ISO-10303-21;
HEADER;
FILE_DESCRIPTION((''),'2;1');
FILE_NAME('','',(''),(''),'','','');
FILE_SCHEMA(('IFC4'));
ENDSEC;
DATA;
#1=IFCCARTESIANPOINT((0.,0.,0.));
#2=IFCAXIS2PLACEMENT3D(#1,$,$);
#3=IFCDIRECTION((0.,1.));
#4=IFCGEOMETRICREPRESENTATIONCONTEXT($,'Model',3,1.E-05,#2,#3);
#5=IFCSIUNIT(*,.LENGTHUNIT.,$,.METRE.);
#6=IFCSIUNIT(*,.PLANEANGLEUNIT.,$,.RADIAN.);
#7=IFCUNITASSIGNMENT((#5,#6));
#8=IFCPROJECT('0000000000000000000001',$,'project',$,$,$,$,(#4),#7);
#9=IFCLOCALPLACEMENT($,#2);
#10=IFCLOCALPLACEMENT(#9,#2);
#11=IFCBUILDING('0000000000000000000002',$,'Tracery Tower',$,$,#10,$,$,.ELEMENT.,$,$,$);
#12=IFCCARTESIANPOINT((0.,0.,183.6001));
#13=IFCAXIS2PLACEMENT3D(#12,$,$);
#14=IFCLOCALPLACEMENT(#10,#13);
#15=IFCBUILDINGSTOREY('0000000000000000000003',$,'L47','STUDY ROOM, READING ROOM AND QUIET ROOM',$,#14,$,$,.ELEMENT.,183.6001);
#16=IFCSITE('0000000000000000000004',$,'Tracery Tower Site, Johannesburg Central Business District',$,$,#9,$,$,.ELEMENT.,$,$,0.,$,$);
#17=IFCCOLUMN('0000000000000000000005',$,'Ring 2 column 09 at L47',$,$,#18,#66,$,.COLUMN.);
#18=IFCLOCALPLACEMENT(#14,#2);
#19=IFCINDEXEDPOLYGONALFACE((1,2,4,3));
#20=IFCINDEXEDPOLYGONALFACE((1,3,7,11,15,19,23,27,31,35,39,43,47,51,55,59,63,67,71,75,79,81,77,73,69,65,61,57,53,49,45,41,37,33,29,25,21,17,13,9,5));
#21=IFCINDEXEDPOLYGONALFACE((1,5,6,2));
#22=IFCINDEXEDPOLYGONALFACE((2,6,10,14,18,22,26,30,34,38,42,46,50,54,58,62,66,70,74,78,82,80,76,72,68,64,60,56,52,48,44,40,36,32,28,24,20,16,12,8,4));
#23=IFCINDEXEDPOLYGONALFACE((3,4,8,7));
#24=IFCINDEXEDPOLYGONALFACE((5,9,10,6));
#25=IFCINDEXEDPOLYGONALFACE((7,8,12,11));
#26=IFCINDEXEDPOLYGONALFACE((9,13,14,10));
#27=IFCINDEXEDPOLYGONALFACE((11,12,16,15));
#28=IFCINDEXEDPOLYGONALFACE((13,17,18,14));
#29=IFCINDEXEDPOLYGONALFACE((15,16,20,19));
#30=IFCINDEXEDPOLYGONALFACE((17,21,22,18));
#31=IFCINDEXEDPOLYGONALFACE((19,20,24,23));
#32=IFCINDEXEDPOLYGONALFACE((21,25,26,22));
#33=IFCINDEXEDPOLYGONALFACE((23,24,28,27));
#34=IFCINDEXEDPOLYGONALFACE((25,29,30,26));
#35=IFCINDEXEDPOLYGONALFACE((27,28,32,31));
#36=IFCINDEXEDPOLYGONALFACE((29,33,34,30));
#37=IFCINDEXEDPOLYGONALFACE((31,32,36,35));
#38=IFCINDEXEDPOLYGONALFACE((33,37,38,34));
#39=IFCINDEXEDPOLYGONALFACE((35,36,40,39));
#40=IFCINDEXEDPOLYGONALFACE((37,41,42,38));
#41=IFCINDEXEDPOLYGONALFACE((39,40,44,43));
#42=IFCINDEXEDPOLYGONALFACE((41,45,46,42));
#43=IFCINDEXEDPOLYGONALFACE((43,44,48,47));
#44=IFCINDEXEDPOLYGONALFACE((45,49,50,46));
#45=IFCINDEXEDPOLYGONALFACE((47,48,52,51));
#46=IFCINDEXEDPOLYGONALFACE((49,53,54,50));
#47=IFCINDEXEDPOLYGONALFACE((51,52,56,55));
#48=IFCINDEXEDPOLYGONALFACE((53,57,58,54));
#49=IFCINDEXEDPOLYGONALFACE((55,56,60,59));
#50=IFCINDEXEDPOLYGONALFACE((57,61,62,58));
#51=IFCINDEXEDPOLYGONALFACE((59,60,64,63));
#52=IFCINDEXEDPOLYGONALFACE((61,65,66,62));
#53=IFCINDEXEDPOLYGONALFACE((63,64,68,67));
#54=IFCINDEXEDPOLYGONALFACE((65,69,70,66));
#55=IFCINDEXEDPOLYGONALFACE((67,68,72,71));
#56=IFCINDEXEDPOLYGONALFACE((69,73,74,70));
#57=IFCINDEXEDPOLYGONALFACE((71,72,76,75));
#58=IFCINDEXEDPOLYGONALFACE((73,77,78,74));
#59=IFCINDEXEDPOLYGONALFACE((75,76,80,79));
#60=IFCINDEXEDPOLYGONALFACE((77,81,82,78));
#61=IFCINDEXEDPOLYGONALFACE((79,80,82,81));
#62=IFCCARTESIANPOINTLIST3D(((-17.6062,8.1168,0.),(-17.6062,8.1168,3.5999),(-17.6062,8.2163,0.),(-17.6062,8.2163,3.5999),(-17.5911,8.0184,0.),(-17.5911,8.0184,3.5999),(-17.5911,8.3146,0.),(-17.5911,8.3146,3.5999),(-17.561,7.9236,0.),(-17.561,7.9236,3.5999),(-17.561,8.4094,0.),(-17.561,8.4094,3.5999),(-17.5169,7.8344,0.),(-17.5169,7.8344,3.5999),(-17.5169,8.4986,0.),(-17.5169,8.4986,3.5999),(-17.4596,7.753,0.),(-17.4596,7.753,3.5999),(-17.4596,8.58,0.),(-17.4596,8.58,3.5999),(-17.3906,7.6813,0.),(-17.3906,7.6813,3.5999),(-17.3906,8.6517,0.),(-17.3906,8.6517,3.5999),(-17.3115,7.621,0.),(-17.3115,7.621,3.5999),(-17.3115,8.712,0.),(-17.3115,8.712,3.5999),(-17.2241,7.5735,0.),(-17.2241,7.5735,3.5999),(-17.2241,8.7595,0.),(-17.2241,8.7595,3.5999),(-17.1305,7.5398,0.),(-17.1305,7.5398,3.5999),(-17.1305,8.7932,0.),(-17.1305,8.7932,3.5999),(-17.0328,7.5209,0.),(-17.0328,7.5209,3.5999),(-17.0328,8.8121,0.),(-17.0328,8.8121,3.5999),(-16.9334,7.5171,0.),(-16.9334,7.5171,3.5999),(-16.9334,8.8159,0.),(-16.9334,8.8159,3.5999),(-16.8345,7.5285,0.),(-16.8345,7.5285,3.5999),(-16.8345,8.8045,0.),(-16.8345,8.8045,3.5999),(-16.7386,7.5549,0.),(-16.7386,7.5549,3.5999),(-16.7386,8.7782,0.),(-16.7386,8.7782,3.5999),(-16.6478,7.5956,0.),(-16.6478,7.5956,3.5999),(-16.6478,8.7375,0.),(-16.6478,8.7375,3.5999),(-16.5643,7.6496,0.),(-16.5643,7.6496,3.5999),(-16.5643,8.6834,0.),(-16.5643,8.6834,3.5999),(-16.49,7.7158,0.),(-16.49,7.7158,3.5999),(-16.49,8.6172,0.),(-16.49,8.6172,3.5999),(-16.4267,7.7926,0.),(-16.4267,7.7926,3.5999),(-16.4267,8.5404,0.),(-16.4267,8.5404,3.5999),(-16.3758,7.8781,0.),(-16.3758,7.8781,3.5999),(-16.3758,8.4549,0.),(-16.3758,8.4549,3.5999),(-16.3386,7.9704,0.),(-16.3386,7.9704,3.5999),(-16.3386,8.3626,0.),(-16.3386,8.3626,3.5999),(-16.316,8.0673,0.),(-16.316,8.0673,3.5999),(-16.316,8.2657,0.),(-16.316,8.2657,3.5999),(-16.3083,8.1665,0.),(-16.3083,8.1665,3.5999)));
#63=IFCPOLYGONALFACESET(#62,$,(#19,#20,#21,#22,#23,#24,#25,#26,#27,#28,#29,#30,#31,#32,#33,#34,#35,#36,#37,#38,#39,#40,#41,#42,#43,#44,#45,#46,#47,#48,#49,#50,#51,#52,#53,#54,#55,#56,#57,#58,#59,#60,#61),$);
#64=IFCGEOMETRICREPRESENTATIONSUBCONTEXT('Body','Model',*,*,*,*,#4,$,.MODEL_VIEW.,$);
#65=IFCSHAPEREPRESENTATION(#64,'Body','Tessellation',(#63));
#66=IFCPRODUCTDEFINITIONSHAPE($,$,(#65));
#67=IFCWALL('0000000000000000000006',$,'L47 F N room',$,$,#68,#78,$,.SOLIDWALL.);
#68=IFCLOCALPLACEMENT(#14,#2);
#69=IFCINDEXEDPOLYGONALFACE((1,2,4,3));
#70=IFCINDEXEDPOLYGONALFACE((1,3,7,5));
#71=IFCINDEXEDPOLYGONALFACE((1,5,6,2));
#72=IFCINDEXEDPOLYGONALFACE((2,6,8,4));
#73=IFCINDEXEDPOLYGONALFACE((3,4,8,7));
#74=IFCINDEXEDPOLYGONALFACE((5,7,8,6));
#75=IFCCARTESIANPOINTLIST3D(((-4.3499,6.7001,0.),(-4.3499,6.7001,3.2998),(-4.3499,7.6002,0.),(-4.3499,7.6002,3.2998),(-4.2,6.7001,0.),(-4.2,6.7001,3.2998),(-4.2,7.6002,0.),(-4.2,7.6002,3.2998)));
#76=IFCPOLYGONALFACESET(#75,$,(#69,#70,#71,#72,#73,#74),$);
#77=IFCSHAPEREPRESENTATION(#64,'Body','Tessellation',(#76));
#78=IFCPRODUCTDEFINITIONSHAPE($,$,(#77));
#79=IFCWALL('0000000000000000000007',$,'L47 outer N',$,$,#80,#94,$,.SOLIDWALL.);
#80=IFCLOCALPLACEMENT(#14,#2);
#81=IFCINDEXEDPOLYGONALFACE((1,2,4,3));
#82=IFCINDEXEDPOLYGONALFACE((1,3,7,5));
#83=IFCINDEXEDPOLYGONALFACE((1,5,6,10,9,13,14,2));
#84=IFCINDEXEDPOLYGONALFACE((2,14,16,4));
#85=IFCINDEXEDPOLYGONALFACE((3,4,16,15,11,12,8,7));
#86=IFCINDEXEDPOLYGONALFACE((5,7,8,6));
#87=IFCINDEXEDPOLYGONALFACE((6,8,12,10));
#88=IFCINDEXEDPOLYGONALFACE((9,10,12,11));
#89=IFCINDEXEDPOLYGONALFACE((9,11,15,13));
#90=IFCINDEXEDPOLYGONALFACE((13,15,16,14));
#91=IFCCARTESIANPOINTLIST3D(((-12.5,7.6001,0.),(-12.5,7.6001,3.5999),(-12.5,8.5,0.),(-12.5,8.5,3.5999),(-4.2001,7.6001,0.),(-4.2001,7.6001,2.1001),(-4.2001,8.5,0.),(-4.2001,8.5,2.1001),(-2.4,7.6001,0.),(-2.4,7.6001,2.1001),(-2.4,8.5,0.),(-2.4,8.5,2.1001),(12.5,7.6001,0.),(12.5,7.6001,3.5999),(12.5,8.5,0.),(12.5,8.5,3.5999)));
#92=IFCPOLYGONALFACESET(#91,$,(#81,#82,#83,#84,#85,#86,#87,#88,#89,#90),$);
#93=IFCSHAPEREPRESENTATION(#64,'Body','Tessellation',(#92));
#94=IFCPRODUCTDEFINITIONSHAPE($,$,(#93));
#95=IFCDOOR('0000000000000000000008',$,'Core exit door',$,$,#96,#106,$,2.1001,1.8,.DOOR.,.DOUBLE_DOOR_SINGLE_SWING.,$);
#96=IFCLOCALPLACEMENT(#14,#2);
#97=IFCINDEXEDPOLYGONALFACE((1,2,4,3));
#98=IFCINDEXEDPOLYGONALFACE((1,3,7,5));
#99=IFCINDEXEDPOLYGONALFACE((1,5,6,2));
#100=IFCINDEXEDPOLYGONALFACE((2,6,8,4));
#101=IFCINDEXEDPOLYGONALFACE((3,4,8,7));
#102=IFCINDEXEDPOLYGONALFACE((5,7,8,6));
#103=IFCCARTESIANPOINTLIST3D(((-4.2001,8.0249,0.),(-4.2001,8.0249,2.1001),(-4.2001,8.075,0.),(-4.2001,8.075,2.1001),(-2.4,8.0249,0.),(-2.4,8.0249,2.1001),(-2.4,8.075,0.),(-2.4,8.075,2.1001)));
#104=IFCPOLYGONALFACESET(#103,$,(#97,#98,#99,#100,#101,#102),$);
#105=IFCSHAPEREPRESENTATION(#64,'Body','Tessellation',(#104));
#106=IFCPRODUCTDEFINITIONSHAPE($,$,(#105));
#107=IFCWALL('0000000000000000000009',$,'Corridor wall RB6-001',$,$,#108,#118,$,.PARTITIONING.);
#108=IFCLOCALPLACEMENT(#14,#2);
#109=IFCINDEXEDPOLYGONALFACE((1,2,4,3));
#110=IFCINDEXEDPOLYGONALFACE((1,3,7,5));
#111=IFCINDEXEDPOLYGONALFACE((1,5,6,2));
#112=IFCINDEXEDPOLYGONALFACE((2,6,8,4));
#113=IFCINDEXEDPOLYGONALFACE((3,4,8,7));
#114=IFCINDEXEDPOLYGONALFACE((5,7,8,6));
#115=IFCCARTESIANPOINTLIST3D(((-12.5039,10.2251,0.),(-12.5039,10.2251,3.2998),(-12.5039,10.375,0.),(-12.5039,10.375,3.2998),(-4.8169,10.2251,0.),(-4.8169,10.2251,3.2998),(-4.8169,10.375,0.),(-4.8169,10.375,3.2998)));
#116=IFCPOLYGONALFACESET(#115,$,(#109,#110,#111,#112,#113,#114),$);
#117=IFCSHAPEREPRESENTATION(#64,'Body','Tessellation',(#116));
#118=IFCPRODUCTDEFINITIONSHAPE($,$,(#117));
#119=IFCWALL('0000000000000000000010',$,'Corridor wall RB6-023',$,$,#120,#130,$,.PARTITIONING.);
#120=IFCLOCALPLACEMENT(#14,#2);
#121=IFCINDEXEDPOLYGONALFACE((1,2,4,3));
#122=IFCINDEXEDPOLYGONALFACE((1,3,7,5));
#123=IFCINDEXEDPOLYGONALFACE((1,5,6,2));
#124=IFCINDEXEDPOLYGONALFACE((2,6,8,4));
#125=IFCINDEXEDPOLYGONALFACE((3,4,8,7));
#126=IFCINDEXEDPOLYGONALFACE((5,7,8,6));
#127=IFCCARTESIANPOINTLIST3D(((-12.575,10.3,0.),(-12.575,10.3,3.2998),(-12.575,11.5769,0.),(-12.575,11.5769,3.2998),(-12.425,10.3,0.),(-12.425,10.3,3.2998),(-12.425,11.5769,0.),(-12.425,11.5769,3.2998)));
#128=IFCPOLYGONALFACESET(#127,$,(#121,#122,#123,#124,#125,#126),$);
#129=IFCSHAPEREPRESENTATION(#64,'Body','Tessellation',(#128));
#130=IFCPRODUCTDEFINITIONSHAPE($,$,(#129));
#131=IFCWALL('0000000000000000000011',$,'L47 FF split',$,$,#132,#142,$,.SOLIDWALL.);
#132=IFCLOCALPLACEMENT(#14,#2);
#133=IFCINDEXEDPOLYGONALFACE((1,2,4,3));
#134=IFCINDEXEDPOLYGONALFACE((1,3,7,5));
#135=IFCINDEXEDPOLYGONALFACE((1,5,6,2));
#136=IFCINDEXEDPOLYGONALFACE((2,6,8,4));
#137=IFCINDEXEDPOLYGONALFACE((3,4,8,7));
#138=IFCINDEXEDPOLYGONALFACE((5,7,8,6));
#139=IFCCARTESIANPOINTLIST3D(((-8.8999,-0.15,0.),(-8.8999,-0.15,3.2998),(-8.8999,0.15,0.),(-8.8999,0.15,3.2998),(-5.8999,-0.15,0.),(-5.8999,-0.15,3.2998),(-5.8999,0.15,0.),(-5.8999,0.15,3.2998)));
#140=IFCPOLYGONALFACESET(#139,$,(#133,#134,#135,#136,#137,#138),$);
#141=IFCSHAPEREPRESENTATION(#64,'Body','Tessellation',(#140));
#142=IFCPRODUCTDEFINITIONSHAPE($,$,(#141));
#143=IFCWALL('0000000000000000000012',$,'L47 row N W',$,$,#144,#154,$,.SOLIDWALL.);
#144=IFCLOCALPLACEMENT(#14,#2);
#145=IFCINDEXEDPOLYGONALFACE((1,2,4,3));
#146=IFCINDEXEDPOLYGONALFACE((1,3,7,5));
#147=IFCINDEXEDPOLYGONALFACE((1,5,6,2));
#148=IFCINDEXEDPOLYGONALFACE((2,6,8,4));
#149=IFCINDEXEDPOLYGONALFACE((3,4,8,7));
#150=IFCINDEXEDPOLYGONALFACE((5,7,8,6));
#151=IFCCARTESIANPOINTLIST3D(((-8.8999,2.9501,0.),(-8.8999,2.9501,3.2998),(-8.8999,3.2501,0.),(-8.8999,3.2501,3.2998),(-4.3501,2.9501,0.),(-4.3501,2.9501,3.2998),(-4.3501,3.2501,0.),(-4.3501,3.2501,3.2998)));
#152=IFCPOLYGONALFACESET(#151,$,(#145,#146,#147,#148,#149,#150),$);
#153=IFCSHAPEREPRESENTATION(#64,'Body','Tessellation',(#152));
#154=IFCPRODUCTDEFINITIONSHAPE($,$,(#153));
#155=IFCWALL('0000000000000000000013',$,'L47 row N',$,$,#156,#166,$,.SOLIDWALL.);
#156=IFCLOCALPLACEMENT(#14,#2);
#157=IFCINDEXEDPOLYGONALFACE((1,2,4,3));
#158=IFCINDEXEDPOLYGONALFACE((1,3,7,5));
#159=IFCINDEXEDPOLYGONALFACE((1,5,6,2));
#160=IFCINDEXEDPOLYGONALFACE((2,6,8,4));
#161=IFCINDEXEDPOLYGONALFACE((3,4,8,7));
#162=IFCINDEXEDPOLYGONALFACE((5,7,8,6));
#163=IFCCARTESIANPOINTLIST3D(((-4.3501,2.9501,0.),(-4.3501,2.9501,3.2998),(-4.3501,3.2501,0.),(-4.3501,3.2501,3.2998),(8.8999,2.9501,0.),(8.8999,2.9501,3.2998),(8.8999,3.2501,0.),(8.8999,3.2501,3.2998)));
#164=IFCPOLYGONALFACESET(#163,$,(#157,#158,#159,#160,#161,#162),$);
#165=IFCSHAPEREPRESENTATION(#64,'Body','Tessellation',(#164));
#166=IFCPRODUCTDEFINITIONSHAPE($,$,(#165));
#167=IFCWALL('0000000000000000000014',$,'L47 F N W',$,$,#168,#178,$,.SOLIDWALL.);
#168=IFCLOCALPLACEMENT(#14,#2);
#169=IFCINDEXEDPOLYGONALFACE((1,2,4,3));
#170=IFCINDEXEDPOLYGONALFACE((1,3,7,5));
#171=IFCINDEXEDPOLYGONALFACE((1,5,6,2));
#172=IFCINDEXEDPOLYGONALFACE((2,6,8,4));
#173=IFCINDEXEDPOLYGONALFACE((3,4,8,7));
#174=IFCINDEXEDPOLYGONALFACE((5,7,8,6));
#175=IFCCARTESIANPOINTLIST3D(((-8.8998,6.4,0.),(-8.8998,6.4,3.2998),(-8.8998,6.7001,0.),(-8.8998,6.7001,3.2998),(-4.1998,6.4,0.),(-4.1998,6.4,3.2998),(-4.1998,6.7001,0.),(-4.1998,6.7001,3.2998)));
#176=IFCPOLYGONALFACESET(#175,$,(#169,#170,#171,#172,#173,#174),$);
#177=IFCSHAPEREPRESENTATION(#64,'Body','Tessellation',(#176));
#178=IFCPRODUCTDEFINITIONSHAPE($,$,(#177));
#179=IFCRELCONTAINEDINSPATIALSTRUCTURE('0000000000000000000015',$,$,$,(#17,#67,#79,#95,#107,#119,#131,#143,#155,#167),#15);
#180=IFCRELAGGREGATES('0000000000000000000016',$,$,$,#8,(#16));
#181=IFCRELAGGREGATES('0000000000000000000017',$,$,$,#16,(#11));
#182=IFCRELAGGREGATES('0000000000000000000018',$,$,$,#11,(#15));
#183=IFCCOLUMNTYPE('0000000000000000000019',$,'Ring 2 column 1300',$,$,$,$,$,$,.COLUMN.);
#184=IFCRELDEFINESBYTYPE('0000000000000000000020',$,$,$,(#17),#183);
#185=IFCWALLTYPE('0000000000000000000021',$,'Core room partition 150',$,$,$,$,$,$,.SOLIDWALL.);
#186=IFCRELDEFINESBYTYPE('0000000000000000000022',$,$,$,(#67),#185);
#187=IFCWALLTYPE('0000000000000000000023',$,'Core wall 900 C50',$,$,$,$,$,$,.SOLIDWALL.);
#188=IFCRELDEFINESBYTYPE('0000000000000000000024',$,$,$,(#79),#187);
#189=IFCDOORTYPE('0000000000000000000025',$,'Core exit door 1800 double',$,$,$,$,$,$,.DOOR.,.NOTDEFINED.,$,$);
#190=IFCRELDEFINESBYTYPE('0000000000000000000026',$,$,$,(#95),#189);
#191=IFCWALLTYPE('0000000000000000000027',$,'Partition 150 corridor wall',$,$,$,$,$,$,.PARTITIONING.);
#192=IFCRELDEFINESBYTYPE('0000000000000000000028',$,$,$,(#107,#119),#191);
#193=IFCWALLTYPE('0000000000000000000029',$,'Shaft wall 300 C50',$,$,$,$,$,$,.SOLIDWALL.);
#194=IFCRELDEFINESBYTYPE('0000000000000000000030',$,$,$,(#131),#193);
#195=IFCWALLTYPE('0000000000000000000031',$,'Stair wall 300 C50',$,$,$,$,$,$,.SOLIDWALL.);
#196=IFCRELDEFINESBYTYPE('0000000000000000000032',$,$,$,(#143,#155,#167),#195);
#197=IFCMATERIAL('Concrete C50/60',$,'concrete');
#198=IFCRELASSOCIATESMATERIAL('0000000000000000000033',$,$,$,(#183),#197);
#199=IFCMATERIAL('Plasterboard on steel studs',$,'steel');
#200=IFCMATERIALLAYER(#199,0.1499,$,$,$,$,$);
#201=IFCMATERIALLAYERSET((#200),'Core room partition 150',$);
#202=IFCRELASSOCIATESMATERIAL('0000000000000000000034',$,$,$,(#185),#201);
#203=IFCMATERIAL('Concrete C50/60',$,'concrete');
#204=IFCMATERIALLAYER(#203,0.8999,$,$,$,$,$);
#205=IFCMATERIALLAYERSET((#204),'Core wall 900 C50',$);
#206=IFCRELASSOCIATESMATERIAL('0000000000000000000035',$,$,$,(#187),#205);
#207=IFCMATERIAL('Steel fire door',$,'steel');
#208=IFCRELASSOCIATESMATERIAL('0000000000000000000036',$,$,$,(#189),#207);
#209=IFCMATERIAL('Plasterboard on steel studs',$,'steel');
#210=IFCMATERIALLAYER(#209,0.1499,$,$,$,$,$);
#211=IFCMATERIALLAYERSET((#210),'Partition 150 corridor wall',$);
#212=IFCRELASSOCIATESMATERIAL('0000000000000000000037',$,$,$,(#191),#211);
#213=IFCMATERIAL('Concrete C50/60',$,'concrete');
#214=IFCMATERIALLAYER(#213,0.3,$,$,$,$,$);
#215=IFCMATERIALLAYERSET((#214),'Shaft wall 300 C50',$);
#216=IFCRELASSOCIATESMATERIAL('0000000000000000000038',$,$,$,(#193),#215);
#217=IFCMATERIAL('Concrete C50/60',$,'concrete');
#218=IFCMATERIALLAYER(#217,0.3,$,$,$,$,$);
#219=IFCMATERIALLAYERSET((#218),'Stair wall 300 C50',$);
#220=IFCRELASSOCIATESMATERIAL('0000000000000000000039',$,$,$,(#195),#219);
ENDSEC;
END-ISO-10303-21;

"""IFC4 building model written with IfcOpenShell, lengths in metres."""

from ifc_helpers import new_model, si_unit, direction, frame, frame_2d, origin, origin_2d, place, context, subcontext, project, spatial, rectangle, circle, extrude, material, layer, layer_set, material_profile, profile_set, type_object, element, fill, save


model = new_model("IFC4")

# Units and contexts
model_context = context("Model", 3, precision=1e-05, world=origin(), true_north=direction((0.0, 1.0)))
body_context = subcontext(model_context, "Body", "Model", "MODEL_VIEW")
ifc_project = project(units=[si_unit("LENGTHUNIT", "METRE"), si_unit("PLANEANGLEUNIT", "RADIAN")], contexts=[model_context])

# Site, building, storey
site_placement = place(None, origin())
site = spatial("IfcSite", under=ifc_project, at=site_placement, Name="Tracery Tower Site, Johannesburg Central Business District", CompositionType="ELEMENT", RefElevation=0.0)
building_placement = place(site_placement, origin())
building = spatial("IfcBuilding", under=site, at=building_placement, Name="Tracery Tower", CompositionType="ELEMENT")
storey_placement = place(building_placement, frame((0.0, 0.0, 183.6001)))
storey = spatial("IfcBuildingStorey", under=building, at=storey_placement, Name="L47", Description="STUDY ROOM, READING ROOM AND QUIET ROOM", CompositionType="ELEMENT", Elevation=183.6001)

# Column
ifc_material_1 = material(Name="Concrete C50/60", Category="concrete")
ifc_material_profile = material_profile(ifc_material_1, circle(Radius=0.6499, at=origin_2d()), Name="RC D1300")
ifc_profile_set = profile_set([ifc_material_profile], Name="Concrete C50/60")
column_type = type_object("IfcColumnType", Name="Ring 2 column 1300", PredefinedType="COLUMN", material=ifc_profile_set)
column_placement = place(storey_placement, frame((-16.9583, 8.1665, 0.0), z_axis=(0.0, 0.0, 1.0), x_axis=(1.0, 0.0, 0.0)))
element("IfcColumn", 1, at=column_placement, inside=storey, type_object=column_type, Name="Ring 2 column 09 at L47", PredefinedType="COLUMN", context=body_context, shape_type="SweptSolid", body=[
    extrude(circle(Radius=0.6499, at=origin_2d()), origin(), (0.0, 0.0, 1.0), 3.5999),
])

# Wall
ifc_material_2 = material(Name="Plasterboard on steel studs", Category="steel")
ifc_layer_1 = layer(ifc_material_2, 0.1499)
ifc_layer_set_1 = layer_set([ifc_layer_1], Name="Core room partition 150")
wall_type_1 = type_object("IfcWallType", Name="Core room partition 150", PredefinedType="SOLIDWALL", material=ifc_layer_set_1)
wall_1_placement = place(storey_placement, frame((-4.2749, 6.7, 0.0), z_axis=(0.0, 0.0, 1.0), x_axis=(0.0, 1.0, 0.0)))
element("IfcWall", 2, at=wall_1_placement, inside=storey, type_object=wall_type_1, Name="L47 F N room", PredefinedType="SOLIDWALL", context=body_context, shape_type="SweptSolid", body=[
    extrude(rectangle(XDim=0.9001, YDim=0.1499, at=frame_2d((0.4502, 0.0))), origin(), (0.0, 0.0, 1.0), 3.2998),
])

# Wall, opening, door
ifc_material_3 = material(Name="Concrete C50/60", Category="concrete")
ifc_layer_2 = layer(ifc_material_3, 0.8999)
ifc_layer_set_2 = layer_set([ifc_layer_2], Name="Core wall 900 C50")
wall_type_2 = type_object("IfcWallType", Name="Core wall 900 C50", PredefinedType="SOLIDWALL", material=ifc_layer_set_2)
wall_2_placement = place(storey_placement, frame((-12.5, 8.05, 0.0), z_axis=(0.0, 0.0, 1.0), x_axis=(1.0, 0.0, 0.0)))
wall_2 = element("IfcWall", 3, at=wall_2_placement, inside=storey, type_object=wall_type_2, Name="L47 outer N", PredefinedType="SOLIDWALL", context=body_context, shape_type="SweptSolid", body=[
    extrude(rectangle(XDim=25.0, YDim=0.8999, at=frame_2d((12.5, 0.0))), origin(), (0.0, 0.0, 1.0), 3.5999),
])
opening_1_placement = place(wall_2_placement, frame((8.3, 0.0, 0.0)))
opening_1 = element("IfcOpeningElement", 4, at=opening_1_placement, cuts=wall_2, PredefinedType="OPENING", context=body_context, shape_type="SweptSolid", body=[
    extrude(rectangle(XDim=1.8, YDim=2.1001, at=frame_2d((0.8999, 1.05))), frame((0.0, 0.45, 0.0), z_axis=(0.0, -1.0, 0.0), x_axis=(1.0, 0.0, 0.0)), (0.0, 0.0, 1.0), 0.8999),
])
ifc_material_4 = material(Name="Steel fire door", Category="steel")
door_type_1 = type_object("IfcDoorType", Name="Core exit door 1800 double", OperationType="NOTDEFINED", PredefinedType="DOOR", material=ifc_material_4)
door_1_placement = place(opening_1_placement, origin())
door_1 = element("IfcDoor", 5, at=door_1_placement, inside=storey, type_object=door_type_1, Name="Core exit door", OperationType="DOUBLE_DOOR_SINGLE_SWING", OverallHeight=2.1001, OverallWidth=1.8, PredefinedType="DOOR", context=body_context, shape_type="SweptSolid", body=[
    extrude(rectangle(XDim=1.8, YDim=2.1001, at=frame_2d((0.8999, 1.05))), frame((0.0, 0.0249, 0.0), z_axis=(0.0, -1.0, 0.0), x_axis=(1.0, 0.0, 0.0)), (0.0, 0.0, 1.0), 0.05),
])
fill(opening_1, door_1)

# Walls
ifc_material_5 = material(Name="Plasterboard on steel studs", Category="steel")
ifc_layer_3 = layer(ifc_material_5, 0.1499)
ifc_layer_set_3 = layer_set([ifc_layer_3], Name="Partition 150 corridor wall")
wall_type_3 = type_object("IfcWallType", Name="Partition 150 corridor wall", PredefinedType="PARTITIONING", material=ifc_layer_set_3)
wall_3_placement = place(storey_placement, frame((-12.5039, 10.3, 0.0), z_axis=(0.0, 0.0, 1.0), x_axis=(1.0, 0.0, 0.0)))
element("IfcWall", 6, at=wall_3_placement, inside=storey, type_object=wall_type_3, Name="Corridor wall RB6-001", PredefinedType="PARTITIONING", context=body_context, shape_type="SweptSolid", body=[
    extrude(rectangle(XDim=7.687, YDim=0.1499, at=frame_2d((3.8435, 0.0))), origin(), (0.0, 0.0, 1.0), 3.2998),
])
wall_4_placement = place(storey_placement, frame((-12.5, 10.3, 0.0), z_axis=(0.0, 0.0, 1.0), x_axis=(0.0, 1.0, 0.0)))
element("IfcWall", 7, at=wall_4_placement, inside=storey, type_object=wall_type_3, Name="Corridor wall RB6-023", PredefinedType="PARTITIONING", context=body_context, shape_type="SweptSolid", body=[
    extrude(rectangle(XDim=1.2769, YDim=0.1499, at=frame_2d((0.6384, 0.0))), origin(), (0.0, 0.0, 1.0), 3.2998),
])
ifc_material_6 = material(Name="Concrete C50/60", Category="concrete")
ifc_layer_4 = layer(ifc_material_6, 0.3)
ifc_layer_set_4 = layer_set([ifc_layer_4], Name="Shaft wall 300 C50")
wall_type_4 = type_object("IfcWallType", Name="Shaft wall 300 C50", PredefinedType="SOLIDWALL", material=ifc_layer_set_4)
wall_5_placement = place(storey_placement, frame((-8.8999, 0.0, 0.0), z_axis=(0.0, 0.0, 1.0), x_axis=(1.0, 0.0, 0.0)))
element("IfcWall", 8, at=wall_5_placement, inside=storey, type_object=wall_type_4, Name="L47 FF split", PredefinedType="SOLIDWALL", context=body_context, shape_type="SweptSolid", body=[
    extrude(rectangle(XDim=3.0, YDim=0.3, at=frame_2d((1.5, 0.0))), origin(), (0.0, 0.0, 1.0), 3.2998),
])

# Walls
ifc_material_7 = material(Name="Concrete C50/60", Category="concrete")
ifc_layer_5 = layer(ifc_material_7, 0.3)
ifc_layer_set_5 = layer_set([ifc_layer_5], Name="Stair wall 300 C50")
wall_type_5 = type_object("IfcWallType", Name="Stair wall 300 C50", PredefinedType="SOLIDWALL", material=ifc_layer_set_5)
wall_6_placement = place(storey_placement, frame((-8.8999, 3.1001, 0.0), z_axis=(0.0, 0.0, 1.0), x_axis=(1.0, 0.0, 0.0)))
element("IfcWall", 9, at=wall_6_placement, inside=storey, type_object=wall_type_5, Name="L47 row N W", PredefinedType="SOLIDWALL", context=body_context, shape_type="SweptSolid", body=[
    extrude(rectangle(XDim=4.5498, YDim=0.3, at=frame_2d((2.2749, 0.0))), origin(), (0.0, 0.0, 1.0), 3.2998),
])
wall_7_placement = place(storey_placement, frame((-4.3501, 3.1001, 0.0), z_axis=(0.0, 0.0, 1.0), x_axis=(1.0, 0.0, 0.0)))
element("IfcWall", 10, at=wall_7_placement, inside=storey, type_object=wall_type_5, Name="L47 row N", PredefinedType="SOLIDWALL", context=body_context, shape_type="SweptSolid", body=[
    extrude(rectangle(XDim=13.25, YDim=0.3, at=frame_2d((6.625, 0.0))), origin(), (0.0, 0.0, 1.0), 3.2998),
])
wall_8_placement = place(storey_placement, frame((-8.8999, 6.55, 0.0), z_axis=(0.0, 0.0, 1.0), x_axis=(1.0, 0.0, 0.0)))
element("IfcWall", 11, at=wall_8_placement, inside=storey, type_object=wall_type_5, Name="L47 F N W", PredefinedType="SOLIDWALL", context=body_context, shape_type="SweptSolid", body=[
    extrude(rectangle(XDim=4.7, YDim=0.3, at=frame_2d((2.3501, 0.0))), origin(), (0.0, 0.0, 1.0), 3.2998),
])

save(model, "model.ifc")
